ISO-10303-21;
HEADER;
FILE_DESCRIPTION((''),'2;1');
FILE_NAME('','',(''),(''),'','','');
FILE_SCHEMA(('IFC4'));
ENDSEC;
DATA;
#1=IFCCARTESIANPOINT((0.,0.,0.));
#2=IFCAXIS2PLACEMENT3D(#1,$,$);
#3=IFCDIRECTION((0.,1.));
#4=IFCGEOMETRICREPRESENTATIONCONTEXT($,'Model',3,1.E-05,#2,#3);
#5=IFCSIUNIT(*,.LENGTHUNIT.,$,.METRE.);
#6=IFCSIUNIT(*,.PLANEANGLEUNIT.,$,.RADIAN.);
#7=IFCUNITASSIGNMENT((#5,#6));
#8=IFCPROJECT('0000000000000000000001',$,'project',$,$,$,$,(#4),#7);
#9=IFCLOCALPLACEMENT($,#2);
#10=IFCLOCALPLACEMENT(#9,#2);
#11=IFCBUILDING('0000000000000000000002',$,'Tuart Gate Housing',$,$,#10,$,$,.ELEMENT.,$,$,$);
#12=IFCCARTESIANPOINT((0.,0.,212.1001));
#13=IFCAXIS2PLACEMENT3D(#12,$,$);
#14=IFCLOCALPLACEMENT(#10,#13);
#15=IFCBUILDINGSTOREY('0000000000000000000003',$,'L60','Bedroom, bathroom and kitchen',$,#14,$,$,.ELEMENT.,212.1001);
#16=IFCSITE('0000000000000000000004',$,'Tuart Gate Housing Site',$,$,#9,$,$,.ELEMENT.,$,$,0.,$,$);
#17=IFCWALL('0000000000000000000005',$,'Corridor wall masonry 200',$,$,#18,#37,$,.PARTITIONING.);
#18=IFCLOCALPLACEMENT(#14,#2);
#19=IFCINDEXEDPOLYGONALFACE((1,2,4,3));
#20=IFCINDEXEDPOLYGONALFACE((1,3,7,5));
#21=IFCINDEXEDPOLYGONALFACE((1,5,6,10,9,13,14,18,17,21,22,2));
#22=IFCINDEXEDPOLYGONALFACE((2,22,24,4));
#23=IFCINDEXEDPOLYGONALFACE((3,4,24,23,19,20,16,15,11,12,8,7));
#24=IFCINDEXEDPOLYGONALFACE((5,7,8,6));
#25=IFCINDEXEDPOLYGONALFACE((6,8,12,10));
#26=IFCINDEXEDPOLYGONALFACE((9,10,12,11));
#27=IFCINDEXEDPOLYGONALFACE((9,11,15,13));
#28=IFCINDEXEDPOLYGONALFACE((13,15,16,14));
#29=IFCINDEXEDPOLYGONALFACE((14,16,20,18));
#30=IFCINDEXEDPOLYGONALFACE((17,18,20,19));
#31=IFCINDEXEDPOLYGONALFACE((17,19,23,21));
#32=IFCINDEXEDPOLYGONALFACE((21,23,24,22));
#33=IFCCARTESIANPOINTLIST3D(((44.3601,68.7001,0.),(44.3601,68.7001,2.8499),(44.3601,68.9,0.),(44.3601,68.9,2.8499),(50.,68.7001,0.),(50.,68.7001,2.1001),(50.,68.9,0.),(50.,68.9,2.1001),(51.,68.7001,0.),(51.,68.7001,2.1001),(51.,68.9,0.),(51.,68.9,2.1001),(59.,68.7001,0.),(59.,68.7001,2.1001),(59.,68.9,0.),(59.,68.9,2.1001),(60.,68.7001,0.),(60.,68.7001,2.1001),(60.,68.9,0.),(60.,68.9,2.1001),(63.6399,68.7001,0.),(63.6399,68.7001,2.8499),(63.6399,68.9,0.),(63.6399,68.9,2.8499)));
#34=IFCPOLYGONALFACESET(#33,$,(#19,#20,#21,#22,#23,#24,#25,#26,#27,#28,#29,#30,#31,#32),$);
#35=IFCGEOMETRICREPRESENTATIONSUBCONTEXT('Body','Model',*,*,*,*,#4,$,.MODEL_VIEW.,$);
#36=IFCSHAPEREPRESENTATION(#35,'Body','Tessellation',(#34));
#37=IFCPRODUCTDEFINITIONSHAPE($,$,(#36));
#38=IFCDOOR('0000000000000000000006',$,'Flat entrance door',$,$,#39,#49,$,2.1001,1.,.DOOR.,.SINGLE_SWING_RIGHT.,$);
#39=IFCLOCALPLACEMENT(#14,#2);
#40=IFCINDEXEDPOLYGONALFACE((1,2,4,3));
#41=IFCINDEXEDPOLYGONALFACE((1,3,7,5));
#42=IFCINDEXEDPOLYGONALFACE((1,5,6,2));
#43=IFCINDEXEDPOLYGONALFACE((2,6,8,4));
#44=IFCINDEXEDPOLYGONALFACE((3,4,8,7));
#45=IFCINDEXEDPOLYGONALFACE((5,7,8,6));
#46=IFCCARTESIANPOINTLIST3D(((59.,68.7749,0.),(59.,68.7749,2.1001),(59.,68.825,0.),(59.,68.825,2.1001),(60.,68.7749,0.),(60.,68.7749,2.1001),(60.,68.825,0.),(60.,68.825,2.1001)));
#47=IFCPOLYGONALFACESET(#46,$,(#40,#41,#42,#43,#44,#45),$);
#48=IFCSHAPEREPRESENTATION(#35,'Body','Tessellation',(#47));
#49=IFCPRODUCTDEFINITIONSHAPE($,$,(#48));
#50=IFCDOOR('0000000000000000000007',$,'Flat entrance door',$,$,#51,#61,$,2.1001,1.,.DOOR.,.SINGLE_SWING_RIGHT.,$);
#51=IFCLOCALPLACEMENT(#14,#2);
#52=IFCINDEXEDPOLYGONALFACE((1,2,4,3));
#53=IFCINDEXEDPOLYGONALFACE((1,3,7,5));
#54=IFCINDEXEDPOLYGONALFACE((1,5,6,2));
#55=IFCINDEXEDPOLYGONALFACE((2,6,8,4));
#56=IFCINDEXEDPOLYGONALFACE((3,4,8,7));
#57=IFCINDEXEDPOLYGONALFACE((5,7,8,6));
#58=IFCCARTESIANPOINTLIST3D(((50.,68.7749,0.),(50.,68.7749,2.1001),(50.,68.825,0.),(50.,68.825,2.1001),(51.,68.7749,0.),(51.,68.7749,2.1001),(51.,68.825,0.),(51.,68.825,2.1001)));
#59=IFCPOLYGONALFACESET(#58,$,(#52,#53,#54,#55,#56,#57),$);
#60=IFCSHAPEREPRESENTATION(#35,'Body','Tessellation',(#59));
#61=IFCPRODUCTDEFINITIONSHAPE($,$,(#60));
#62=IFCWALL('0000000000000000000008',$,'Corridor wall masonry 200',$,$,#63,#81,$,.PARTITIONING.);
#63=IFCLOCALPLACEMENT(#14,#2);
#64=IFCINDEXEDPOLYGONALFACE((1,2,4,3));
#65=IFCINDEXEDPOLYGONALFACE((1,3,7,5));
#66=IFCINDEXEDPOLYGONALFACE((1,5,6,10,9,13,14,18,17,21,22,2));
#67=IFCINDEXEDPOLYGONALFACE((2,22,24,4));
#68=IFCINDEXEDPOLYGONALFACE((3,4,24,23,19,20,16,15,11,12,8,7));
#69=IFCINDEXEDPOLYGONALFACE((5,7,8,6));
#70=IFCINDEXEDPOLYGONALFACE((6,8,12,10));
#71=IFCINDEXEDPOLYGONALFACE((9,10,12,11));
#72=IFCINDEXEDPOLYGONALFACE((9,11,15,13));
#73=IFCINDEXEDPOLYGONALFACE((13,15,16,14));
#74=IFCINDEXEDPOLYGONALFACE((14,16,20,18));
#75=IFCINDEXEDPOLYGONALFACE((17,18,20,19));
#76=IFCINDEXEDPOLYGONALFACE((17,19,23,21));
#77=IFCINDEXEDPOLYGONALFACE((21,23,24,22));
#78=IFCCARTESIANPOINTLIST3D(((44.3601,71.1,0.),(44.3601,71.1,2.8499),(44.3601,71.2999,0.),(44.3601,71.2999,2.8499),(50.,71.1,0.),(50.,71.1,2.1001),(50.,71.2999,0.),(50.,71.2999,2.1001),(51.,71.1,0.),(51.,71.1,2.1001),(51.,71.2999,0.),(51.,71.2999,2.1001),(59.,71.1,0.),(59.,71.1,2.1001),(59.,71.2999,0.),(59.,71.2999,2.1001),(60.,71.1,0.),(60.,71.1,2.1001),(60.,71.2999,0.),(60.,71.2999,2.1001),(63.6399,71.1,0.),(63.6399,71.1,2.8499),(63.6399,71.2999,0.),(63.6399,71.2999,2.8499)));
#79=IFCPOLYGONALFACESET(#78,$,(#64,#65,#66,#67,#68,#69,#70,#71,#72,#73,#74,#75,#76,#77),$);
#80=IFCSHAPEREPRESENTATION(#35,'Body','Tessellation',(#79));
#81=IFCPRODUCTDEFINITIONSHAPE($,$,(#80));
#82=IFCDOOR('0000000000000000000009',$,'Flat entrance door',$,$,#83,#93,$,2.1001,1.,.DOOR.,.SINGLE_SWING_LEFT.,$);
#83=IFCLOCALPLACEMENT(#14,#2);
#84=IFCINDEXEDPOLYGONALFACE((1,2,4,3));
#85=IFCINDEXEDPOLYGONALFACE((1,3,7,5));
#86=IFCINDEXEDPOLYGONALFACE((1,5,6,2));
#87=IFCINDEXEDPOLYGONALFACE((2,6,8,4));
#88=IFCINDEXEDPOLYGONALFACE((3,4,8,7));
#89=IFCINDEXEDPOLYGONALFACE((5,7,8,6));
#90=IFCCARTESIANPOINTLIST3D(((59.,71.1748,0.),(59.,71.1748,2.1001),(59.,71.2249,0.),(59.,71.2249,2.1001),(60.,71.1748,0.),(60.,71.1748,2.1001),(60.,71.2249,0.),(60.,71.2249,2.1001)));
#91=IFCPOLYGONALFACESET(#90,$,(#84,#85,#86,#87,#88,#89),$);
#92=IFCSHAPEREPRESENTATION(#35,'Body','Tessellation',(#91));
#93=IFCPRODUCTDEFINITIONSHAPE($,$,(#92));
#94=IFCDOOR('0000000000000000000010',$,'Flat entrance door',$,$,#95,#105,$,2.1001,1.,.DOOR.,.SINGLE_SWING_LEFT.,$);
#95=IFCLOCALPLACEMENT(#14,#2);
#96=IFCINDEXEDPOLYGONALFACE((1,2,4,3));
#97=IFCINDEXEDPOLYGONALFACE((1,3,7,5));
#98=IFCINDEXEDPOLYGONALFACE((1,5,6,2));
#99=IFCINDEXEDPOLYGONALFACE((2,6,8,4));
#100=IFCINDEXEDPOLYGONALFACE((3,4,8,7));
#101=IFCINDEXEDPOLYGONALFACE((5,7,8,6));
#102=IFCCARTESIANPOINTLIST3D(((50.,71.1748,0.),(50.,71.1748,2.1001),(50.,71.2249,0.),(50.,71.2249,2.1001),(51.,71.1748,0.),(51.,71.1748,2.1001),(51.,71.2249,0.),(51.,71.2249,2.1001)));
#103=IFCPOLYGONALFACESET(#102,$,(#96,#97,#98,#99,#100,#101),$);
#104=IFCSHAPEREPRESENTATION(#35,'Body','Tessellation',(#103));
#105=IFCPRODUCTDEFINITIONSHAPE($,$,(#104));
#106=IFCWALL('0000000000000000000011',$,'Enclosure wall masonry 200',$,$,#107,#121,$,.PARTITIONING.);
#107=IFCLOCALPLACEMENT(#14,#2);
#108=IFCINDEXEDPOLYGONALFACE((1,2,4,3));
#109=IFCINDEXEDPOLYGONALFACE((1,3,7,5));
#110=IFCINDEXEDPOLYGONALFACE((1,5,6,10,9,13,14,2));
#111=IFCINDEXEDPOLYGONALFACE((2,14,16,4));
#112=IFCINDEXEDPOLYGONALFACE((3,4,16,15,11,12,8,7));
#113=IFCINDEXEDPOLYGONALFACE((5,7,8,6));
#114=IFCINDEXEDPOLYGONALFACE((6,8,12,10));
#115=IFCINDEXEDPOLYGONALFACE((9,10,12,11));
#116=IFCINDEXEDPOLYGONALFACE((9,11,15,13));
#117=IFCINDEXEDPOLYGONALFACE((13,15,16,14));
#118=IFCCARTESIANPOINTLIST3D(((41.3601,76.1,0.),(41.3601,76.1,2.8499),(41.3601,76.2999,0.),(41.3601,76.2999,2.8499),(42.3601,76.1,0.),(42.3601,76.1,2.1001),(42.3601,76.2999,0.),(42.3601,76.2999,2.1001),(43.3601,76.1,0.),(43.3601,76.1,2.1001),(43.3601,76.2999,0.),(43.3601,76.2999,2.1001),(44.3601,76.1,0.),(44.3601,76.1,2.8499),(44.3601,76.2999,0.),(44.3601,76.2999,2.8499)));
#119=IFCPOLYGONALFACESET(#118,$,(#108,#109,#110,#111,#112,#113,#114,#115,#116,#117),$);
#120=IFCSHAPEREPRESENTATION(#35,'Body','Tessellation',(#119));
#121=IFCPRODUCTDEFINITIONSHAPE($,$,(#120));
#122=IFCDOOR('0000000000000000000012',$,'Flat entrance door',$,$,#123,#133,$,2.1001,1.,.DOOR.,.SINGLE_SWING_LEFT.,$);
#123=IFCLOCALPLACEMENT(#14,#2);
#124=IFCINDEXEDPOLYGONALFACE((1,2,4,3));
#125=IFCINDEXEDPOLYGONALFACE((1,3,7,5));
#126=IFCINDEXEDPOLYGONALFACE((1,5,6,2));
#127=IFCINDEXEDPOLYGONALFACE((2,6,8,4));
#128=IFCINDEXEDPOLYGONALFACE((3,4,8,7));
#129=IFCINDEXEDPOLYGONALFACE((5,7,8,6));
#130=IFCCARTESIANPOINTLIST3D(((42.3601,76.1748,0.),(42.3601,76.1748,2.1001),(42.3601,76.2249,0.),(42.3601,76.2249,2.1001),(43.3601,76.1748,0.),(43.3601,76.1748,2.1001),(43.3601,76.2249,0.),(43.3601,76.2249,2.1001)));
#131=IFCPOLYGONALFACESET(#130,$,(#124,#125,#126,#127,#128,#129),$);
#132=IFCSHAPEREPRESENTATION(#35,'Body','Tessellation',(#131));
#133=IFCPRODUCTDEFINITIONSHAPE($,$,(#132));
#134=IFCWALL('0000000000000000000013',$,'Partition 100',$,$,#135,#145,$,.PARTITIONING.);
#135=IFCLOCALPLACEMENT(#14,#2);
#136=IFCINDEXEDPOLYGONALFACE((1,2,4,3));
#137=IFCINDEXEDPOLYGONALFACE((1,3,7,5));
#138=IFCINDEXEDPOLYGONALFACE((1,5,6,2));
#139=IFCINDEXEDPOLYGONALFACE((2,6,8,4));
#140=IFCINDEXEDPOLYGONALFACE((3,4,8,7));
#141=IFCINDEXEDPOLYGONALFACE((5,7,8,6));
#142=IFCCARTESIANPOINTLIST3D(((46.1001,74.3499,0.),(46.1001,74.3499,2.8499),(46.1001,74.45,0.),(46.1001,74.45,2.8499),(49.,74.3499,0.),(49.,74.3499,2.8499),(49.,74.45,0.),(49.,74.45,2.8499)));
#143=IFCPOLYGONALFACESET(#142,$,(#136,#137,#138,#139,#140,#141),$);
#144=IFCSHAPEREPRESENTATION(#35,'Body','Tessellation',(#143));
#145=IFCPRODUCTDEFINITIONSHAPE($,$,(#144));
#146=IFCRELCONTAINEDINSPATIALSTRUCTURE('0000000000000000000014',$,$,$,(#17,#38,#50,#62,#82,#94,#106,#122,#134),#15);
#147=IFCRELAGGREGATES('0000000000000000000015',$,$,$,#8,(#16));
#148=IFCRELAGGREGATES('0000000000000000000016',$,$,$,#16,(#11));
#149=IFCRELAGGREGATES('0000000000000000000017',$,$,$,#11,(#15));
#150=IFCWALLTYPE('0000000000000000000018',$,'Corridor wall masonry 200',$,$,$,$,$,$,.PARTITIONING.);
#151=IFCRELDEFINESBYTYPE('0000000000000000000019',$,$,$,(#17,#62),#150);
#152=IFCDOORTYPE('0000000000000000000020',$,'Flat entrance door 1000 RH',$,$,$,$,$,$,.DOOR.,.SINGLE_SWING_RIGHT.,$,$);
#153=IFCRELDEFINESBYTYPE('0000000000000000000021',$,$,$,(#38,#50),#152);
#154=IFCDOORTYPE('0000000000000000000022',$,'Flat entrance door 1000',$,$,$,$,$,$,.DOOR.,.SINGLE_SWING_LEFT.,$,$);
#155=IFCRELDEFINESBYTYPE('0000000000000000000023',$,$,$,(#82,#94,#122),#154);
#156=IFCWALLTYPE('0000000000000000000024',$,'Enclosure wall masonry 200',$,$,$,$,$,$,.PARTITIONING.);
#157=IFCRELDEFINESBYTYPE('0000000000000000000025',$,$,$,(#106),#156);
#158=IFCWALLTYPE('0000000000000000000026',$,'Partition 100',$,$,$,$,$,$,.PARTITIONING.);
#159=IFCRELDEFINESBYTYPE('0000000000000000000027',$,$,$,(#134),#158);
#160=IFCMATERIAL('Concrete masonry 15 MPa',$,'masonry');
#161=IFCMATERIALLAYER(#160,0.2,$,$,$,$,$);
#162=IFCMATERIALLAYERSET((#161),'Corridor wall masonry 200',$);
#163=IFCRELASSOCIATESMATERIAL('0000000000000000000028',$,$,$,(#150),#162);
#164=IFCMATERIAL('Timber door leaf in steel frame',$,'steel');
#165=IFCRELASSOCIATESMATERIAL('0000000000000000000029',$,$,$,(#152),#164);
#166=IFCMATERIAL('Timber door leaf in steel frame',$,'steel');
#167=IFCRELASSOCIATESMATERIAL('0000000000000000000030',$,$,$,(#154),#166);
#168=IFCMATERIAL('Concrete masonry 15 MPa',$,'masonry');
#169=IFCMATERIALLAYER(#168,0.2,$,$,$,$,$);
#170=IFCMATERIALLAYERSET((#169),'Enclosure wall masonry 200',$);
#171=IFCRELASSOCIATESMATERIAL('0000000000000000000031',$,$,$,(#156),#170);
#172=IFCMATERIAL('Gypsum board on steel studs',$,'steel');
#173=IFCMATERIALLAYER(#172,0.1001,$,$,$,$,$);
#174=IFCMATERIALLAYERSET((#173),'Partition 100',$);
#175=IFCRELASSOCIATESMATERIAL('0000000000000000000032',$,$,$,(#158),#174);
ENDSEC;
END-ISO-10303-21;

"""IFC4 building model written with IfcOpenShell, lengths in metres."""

from ifc_helpers import new_model, si_unit, direction, frame, frame_2d, origin, place, context, subcontext, project, spatial, rectangle, extrude, material, layer, layer_set, type_object, element, fill, save


model = new_model("IFC4")

# Units and contexts
model_context = context("Model", 3, precision=1e-05, world=origin(), true_north=direction((0.0, 1.0)))
body_context = subcontext(model_context, "Body", "Model", "MODEL_VIEW")
ifc_project = project(units=[si_unit("LENGTHUNIT", "METRE"), si_unit("PLANEANGLEUNIT", "RADIAN")], contexts=[model_context])

# Site, building, storey
site_placement = place(None, origin())
site = spatial("IfcSite", under=ifc_project, at=site_placement, Name="Tuart Gate Housing Site", CompositionType="ELEMENT", RefElevation=0.0)
building_placement = place(site_placement, origin())
building = spatial("IfcBuilding", under=site, at=building_placement, Name="Tuart Gate Housing", CompositionType="ELEMENT")
storey_placement = place(building_placement, frame((0.0, 0.0, 212.1001)))
storey = spatial("IfcBuildingStorey", under=building, at=storey_placement, Name="L60", Description="Bedroom, bathroom and kitchen", CompositionType="ELEMENT", Elevation=212.1001)

# Walls, openings, doors
ifc_material_1 = material(Name="Concrete masonry 15 MPa", Category="masonry")
ifc_layer_1 = layer(ifc_material_1, 0.2)
ifc_layer_set_1 = layer_set([ifc_layer_1], Name="Corridor wall masonry 200")
wall_type_1 = type_object("IfcWallType", Name="Corridor wall masonry 200", PredefinedType="PARTITIONING", material=ifc_layer_set_1)
wall_1_placement = place(storey_placement, frame((44.3601, 68.8, 0.0), z_axis=(0.0, 0.0, 1.0), x_axis=(1.0, 0.0, 0.0)))
wall_1 = element("IfcWall", 1, at=wall_1_placement, inside=storey, type_object=wall_type_1, Name="Corridor wall masonry 200", PredefinedType="PARTITIONING", context=body_context, shape_type="SweptSolid", body=[
    extrude(rectangle(XDim=19.2798, YDim=0.2, at=frame_2d((9.6399, 0.0))), origin(), (0.0, 0.0, 1.0), 2.8499),
])
opening_1_placement = place(wall_1_placement, frame((14.6399, 0.0, 0.0)))
opening_1 = element("IfcOpeningElement", 2, at=opening_1_placement, cuts=wall_1, PredefinedType="OPENING", context=body_context, shape_type="SweptSolid", body=[
    extrude(rectangle(XDim=1.0, YDim=2.1001, at=frame_2d((0.5, 1.05))), frame((0.0, 0.1099, 0.0), z_axis=(0.0, -1.0, 0.0), x_axis=(1.0, 0.0, 0.0)), (0.0, 0.0, 1.0), 0.22),
])
opening_2_placement = place(wall_1_placement, frame((5.6399, 0.0, 0.0)))
opening_2 = element("IfcOpeningElement", 3, at=opening_2_placement, cuts=wall_1, PredefinedType="OPENING", context=body_context, shape_type="SweptSolid", body=[
    extrude(rectangle(XDim=1.0, YDim=2.1001, at=frame_2d((0.5, 1.05))), frame((0.0, 0.1099, 0.0), z_axis=(0.0, -1.0, 0.0), x_axis=(1.0, 0.0, 0.0)), (0.0, 0.0, 1.0), 0.22),
])
ifc_material_2 = material(Name="Timber door leaf in steel frame", Category="steel")
door_type_1 = type_object("IfcDoorType", Name="Flat entrance door 1000 RH", OperationType="SINGLE_SWING_RIGHT", PredefinedType="DOOR", material=ifc_material_2)
door_1_placement = place(opening_1_placement, frame((1.0, 0.0, 0.0), z_axis=(0.0, 0.0, 1.0), x_axis=(-1.0, 0.0, 0.0)))
door_1 = element("IfcDoor", 4, at=door_1_placement, inside=storey, type_object=door_type_1, Name="Flat entrance door", OperationType="SINGLE_SWING_RIGHT", OverallHeight=2.1001, OverallWidth=1.0, PredefinedType="DOOR", context=body_context, shape_type="SweptSolid", body=[
    extrude(rectangle(XDim=1.0, YDim=2.1001, at=frame_2d((0.5, 1.05))), frame((0.0, 0.0251, 0.0), z_axis=(0.0, -1.0, 0.0), x_axis=(1.0, 0.0, 0.0)), (0.0, 0.0, 1.0), 0.05),
])
fill(opening_1, door_1)
door_2_placement = place(opening_2_placement, frame((1.0, 0.0, 0.0), z_axis=(0.0, 0.0, 1.0), x_axis=(-1.0, 0.0, 0.0)))
door_2 = element("IfcDoor", 5, at=door_2_placement, inside=storey, type_object=door_type_1, Name="Flat entrance door", OperationType="SINGLE_SWING_RIGHT", OverallHeight=2.1001, OverallWidth=1.0, PredefinedType="DOOR", context=body_context, shape_type="SweptSolid", body=[
    extrude(rectangle(XDim=1.0, YDim=2.1001, at=frame_2d((0.5, 1.05))), frame((0.0, 0.0251, 0.0), z_axis=(0.0, -1.0, 0.0), x_axis=(1.0, 0.0, 0.0)), (0.0, 0.0, 1.0), 0.05),
])
fill(opening_2, door_2)
wall_2_placement = place(storey_placement, frame((44.3601, 71.2, 0.0), z_axis=(0.0, 0.0, 1.0), x_axis=(1.0, 0.0, 0.0)))
wall_2 = element("IfcWall", 6, at=wall_2_placement, inside=storey, type_object=wall_type_1, Name="Corridor wall masonry 200", PredefinedType="PARTITIONING", context=body_context, shape_type="SweptSolid", body=[
    extrude(rectangle(XDim=19.2798, YDim=0.2, at=frame_2d((9.6399, 0.0))), origin(), (0.0, 0.0, 1.0), 2.8499),
])
opening_3_placement = place(wall_2_placement, frame((14.6399, 0.0, 0.0)))
opening_3 = element("IfcOpeningElement", 7, at=opening_3_placement, cuts=wall_2, PredefinedType="OPENING", context=body_context, shape_type="SweptSolid", body=[
    extrude(rectangle(XDim=1.0, YDim=2.1001, at=frame_2d((0.5, 1.05))), frame((0.0, 0.1099, 0.0), z_axis=(0.0, -1.0, 0.0), x_axis=(1.0, 0.0, 0.0)), (0.0, 0.0, 1.0), 0.22),
])
opening_4_placement = place(wall_2_placement, frame((5.6399, 0.0, 0.0)))
opening_4 = element("IfcOpeningElement", 8, at=opening_4_placement, cuts=wall_2, PredefinedType="OPENING", context=body_context, shape_type="SweptSolid", body=[
    extrude(rectangle(XDim=1.0, YDim=2.1001, at=frame_2d((0.5, 1.05))), frame((0.0, 0.1099, 0.0), z_axis=(0.0, -1.0, 0.0), x_axis=(1.0, 0.0, 0.0)), (0.0, 0.0, 1.0), 0.22),
])
ifc_material_3 = material(Name="Timber door leaf in steel frame", Category="steel")
door_type_2 = type_object("IfcDoorType", Name="Flat entrance door 1000", OperationType="SINGLE_SWING_LEFT", PredefinedType="DOOR", material=ifc_material_3)
door_3_placement = place(opening_3_placement, origin())
door_3 = element("IfcDoor", 9, at=door_3_placement, inside=storey, type_object=door_type_2, Name="Flat entrance door", OperationType="SINGLE_SWING_LEFT", OverallHeight=2.1001, OverallWidth=1.0, PredefinedType="DOOR", context=body_context, shape_type="SweptSolid", body=[
    extrude(rectangle(XDim=1.0, YDim=2.1001, at=frame_2d((0.5, 1.05))), frame((0.0, 0.0249, 0.0), z_axis=(0.0, -1.0, 0.0), x_axis=(1.0, 0.0, 0.0)), (0.0, 0.0, 1.0), 0.05),
])
fill(opening_3, door_3)
door_4_placement = place(opening_4_placement, origin())
door_4 = element("IfcDoor", 10, at=door_4_placement, inside=storey, type_object=door_type_2, Name="Flat entrance door", OperationType="SINGLE_SWING_LEFT", OverallHeight=2.1001, OverallWidth=1.0, PredefinedType="DOOR", context=body_context, shape_type="SweptSolid", body=[
    extrude(rectangle(XDim=1.0, YDim=2.1001, at=frame_2d((0.5, 1.05))), frame((0.0, 0.0249, 0.0), z_axis=(0.0, -1.0, 0.0), x_axis=(1.0, 0.0, 0.0)), (0.0, 0.0, 1.0), 0.05),
])
fill(opening_4, door_4)

# Wall, opening, door
ifc_material_4 = material(Name="Concrete masonry 15 MPa", Category="masonry")
ifc_layer_2 = layer(ifc_material_4, 0.2)
ifc_layer_set_2 = layer_set([ifc_layer_2], Name="Enclosure wall masonry 200")
wall_type_2 = type_object("IfcWallType", Name="Enclosure wall masonry 200", PredefinedType="PARTITIONING", material=ifc_layer_set_2)
wall_3_placement = place(storey_placement, frame((41.3601, 76.2, 0.0), z_axis=(0.0, 0.0, 1.0), x_axis=(1.0, 0.0, 0.0)))
wall_3 = element("IfcWall", 11, at=wall_3_placement, inside=storey, type_object=wall_type_2, Name="Enclosure wall masonry 200", PredefinedType="PARTITIONING", context=body_context, shape_type="SweptSolid", body=[
    extrude(rectangle(XDim=3.0, YDim=0.2, at=frame_2d((1.5, 0.0))), origin(), (0.0, 0.0, 1.0), 2.8499),
])
opening_5_placement = place(wall_3_placement, frame((1.0, 0.0, 0.0)))
opening_5 = element("IfcOpeningElement", 12, at=opening_5_placement, cuts=wall_3, PredefinedType="OPENING", context=body_context, shape_type="SweptSolid", body=[
    extrude(rectangle(XDim=1.0, YDim=2.1001, at=frame_2d((0.5, 1.05))), frame((0.0, 0.1099, 0.0), z_axis=(0.0, -1.0, 0.0), x_axis=(1.0, 0.0, 0.0)), (0.0, 0.0, 1.0), 0.22),
])
door_5_placement = place(opening_5_placement, origin())
door_5 = element("IfcDoor", 13, at=door_5_placement, inside=storey, type_object=door_type_2, Name="Flat entrance door", OperationType="SINGLE_SWING_LEFT", OverallHeight=2.1001, OverallWidth=1.0, PredefinedType="DOOR", context=body_context, shape_type="SweptSolid", body=[
    extrude(rectangle(XDim=1.0, YDim=2.1001, at=frame_2d((0.5, 1.05))), frame((0.0, 0.0249, 0.0), z_axis=(0.0, -1.0, 0.0), x_axis=(1.0, 0.0, 0.0)), (0.0, 0.0, 1.0), 0.05),
])
fill(opening_5, door_5)

# Wall
ifc_material_5 = material(Name="Gypsum board on steel studs", Category="steel")
ifc_layer_3 = layer(ifc_material_5, 0.1001)
ifc_layer_set_3 = layer_set([ifc_layer_3], Name="Partition 100")
wall_type_3 = type_object("IfcWallType", Name="Partition 100", PredefinedType="PARTITIONING", material=ifc_layer_set_3)
wall_4_placement = place(storey_placement, frame((46.1001, 74.3999, 0.0), z_axis=(0.0, 0.0, 1.0), x_axis=(1.0, 0.0, 0.0)))
element("IfcWall", 14, at=wall_4_placement, inside=storey, type_object=wall_type_3, Name="Partition 100", PredefinedType="PARTITIONING", context=body_context, shape_type="SweptSolid", body=[
    extrude(rectangle(XDim=2.8999, YDim=0.1001, at=frame_2d((1.45, 0.0))), origin(), (0.0, 0.0, 1.0), 2.8499),
])

save(model, "model.ifc")
